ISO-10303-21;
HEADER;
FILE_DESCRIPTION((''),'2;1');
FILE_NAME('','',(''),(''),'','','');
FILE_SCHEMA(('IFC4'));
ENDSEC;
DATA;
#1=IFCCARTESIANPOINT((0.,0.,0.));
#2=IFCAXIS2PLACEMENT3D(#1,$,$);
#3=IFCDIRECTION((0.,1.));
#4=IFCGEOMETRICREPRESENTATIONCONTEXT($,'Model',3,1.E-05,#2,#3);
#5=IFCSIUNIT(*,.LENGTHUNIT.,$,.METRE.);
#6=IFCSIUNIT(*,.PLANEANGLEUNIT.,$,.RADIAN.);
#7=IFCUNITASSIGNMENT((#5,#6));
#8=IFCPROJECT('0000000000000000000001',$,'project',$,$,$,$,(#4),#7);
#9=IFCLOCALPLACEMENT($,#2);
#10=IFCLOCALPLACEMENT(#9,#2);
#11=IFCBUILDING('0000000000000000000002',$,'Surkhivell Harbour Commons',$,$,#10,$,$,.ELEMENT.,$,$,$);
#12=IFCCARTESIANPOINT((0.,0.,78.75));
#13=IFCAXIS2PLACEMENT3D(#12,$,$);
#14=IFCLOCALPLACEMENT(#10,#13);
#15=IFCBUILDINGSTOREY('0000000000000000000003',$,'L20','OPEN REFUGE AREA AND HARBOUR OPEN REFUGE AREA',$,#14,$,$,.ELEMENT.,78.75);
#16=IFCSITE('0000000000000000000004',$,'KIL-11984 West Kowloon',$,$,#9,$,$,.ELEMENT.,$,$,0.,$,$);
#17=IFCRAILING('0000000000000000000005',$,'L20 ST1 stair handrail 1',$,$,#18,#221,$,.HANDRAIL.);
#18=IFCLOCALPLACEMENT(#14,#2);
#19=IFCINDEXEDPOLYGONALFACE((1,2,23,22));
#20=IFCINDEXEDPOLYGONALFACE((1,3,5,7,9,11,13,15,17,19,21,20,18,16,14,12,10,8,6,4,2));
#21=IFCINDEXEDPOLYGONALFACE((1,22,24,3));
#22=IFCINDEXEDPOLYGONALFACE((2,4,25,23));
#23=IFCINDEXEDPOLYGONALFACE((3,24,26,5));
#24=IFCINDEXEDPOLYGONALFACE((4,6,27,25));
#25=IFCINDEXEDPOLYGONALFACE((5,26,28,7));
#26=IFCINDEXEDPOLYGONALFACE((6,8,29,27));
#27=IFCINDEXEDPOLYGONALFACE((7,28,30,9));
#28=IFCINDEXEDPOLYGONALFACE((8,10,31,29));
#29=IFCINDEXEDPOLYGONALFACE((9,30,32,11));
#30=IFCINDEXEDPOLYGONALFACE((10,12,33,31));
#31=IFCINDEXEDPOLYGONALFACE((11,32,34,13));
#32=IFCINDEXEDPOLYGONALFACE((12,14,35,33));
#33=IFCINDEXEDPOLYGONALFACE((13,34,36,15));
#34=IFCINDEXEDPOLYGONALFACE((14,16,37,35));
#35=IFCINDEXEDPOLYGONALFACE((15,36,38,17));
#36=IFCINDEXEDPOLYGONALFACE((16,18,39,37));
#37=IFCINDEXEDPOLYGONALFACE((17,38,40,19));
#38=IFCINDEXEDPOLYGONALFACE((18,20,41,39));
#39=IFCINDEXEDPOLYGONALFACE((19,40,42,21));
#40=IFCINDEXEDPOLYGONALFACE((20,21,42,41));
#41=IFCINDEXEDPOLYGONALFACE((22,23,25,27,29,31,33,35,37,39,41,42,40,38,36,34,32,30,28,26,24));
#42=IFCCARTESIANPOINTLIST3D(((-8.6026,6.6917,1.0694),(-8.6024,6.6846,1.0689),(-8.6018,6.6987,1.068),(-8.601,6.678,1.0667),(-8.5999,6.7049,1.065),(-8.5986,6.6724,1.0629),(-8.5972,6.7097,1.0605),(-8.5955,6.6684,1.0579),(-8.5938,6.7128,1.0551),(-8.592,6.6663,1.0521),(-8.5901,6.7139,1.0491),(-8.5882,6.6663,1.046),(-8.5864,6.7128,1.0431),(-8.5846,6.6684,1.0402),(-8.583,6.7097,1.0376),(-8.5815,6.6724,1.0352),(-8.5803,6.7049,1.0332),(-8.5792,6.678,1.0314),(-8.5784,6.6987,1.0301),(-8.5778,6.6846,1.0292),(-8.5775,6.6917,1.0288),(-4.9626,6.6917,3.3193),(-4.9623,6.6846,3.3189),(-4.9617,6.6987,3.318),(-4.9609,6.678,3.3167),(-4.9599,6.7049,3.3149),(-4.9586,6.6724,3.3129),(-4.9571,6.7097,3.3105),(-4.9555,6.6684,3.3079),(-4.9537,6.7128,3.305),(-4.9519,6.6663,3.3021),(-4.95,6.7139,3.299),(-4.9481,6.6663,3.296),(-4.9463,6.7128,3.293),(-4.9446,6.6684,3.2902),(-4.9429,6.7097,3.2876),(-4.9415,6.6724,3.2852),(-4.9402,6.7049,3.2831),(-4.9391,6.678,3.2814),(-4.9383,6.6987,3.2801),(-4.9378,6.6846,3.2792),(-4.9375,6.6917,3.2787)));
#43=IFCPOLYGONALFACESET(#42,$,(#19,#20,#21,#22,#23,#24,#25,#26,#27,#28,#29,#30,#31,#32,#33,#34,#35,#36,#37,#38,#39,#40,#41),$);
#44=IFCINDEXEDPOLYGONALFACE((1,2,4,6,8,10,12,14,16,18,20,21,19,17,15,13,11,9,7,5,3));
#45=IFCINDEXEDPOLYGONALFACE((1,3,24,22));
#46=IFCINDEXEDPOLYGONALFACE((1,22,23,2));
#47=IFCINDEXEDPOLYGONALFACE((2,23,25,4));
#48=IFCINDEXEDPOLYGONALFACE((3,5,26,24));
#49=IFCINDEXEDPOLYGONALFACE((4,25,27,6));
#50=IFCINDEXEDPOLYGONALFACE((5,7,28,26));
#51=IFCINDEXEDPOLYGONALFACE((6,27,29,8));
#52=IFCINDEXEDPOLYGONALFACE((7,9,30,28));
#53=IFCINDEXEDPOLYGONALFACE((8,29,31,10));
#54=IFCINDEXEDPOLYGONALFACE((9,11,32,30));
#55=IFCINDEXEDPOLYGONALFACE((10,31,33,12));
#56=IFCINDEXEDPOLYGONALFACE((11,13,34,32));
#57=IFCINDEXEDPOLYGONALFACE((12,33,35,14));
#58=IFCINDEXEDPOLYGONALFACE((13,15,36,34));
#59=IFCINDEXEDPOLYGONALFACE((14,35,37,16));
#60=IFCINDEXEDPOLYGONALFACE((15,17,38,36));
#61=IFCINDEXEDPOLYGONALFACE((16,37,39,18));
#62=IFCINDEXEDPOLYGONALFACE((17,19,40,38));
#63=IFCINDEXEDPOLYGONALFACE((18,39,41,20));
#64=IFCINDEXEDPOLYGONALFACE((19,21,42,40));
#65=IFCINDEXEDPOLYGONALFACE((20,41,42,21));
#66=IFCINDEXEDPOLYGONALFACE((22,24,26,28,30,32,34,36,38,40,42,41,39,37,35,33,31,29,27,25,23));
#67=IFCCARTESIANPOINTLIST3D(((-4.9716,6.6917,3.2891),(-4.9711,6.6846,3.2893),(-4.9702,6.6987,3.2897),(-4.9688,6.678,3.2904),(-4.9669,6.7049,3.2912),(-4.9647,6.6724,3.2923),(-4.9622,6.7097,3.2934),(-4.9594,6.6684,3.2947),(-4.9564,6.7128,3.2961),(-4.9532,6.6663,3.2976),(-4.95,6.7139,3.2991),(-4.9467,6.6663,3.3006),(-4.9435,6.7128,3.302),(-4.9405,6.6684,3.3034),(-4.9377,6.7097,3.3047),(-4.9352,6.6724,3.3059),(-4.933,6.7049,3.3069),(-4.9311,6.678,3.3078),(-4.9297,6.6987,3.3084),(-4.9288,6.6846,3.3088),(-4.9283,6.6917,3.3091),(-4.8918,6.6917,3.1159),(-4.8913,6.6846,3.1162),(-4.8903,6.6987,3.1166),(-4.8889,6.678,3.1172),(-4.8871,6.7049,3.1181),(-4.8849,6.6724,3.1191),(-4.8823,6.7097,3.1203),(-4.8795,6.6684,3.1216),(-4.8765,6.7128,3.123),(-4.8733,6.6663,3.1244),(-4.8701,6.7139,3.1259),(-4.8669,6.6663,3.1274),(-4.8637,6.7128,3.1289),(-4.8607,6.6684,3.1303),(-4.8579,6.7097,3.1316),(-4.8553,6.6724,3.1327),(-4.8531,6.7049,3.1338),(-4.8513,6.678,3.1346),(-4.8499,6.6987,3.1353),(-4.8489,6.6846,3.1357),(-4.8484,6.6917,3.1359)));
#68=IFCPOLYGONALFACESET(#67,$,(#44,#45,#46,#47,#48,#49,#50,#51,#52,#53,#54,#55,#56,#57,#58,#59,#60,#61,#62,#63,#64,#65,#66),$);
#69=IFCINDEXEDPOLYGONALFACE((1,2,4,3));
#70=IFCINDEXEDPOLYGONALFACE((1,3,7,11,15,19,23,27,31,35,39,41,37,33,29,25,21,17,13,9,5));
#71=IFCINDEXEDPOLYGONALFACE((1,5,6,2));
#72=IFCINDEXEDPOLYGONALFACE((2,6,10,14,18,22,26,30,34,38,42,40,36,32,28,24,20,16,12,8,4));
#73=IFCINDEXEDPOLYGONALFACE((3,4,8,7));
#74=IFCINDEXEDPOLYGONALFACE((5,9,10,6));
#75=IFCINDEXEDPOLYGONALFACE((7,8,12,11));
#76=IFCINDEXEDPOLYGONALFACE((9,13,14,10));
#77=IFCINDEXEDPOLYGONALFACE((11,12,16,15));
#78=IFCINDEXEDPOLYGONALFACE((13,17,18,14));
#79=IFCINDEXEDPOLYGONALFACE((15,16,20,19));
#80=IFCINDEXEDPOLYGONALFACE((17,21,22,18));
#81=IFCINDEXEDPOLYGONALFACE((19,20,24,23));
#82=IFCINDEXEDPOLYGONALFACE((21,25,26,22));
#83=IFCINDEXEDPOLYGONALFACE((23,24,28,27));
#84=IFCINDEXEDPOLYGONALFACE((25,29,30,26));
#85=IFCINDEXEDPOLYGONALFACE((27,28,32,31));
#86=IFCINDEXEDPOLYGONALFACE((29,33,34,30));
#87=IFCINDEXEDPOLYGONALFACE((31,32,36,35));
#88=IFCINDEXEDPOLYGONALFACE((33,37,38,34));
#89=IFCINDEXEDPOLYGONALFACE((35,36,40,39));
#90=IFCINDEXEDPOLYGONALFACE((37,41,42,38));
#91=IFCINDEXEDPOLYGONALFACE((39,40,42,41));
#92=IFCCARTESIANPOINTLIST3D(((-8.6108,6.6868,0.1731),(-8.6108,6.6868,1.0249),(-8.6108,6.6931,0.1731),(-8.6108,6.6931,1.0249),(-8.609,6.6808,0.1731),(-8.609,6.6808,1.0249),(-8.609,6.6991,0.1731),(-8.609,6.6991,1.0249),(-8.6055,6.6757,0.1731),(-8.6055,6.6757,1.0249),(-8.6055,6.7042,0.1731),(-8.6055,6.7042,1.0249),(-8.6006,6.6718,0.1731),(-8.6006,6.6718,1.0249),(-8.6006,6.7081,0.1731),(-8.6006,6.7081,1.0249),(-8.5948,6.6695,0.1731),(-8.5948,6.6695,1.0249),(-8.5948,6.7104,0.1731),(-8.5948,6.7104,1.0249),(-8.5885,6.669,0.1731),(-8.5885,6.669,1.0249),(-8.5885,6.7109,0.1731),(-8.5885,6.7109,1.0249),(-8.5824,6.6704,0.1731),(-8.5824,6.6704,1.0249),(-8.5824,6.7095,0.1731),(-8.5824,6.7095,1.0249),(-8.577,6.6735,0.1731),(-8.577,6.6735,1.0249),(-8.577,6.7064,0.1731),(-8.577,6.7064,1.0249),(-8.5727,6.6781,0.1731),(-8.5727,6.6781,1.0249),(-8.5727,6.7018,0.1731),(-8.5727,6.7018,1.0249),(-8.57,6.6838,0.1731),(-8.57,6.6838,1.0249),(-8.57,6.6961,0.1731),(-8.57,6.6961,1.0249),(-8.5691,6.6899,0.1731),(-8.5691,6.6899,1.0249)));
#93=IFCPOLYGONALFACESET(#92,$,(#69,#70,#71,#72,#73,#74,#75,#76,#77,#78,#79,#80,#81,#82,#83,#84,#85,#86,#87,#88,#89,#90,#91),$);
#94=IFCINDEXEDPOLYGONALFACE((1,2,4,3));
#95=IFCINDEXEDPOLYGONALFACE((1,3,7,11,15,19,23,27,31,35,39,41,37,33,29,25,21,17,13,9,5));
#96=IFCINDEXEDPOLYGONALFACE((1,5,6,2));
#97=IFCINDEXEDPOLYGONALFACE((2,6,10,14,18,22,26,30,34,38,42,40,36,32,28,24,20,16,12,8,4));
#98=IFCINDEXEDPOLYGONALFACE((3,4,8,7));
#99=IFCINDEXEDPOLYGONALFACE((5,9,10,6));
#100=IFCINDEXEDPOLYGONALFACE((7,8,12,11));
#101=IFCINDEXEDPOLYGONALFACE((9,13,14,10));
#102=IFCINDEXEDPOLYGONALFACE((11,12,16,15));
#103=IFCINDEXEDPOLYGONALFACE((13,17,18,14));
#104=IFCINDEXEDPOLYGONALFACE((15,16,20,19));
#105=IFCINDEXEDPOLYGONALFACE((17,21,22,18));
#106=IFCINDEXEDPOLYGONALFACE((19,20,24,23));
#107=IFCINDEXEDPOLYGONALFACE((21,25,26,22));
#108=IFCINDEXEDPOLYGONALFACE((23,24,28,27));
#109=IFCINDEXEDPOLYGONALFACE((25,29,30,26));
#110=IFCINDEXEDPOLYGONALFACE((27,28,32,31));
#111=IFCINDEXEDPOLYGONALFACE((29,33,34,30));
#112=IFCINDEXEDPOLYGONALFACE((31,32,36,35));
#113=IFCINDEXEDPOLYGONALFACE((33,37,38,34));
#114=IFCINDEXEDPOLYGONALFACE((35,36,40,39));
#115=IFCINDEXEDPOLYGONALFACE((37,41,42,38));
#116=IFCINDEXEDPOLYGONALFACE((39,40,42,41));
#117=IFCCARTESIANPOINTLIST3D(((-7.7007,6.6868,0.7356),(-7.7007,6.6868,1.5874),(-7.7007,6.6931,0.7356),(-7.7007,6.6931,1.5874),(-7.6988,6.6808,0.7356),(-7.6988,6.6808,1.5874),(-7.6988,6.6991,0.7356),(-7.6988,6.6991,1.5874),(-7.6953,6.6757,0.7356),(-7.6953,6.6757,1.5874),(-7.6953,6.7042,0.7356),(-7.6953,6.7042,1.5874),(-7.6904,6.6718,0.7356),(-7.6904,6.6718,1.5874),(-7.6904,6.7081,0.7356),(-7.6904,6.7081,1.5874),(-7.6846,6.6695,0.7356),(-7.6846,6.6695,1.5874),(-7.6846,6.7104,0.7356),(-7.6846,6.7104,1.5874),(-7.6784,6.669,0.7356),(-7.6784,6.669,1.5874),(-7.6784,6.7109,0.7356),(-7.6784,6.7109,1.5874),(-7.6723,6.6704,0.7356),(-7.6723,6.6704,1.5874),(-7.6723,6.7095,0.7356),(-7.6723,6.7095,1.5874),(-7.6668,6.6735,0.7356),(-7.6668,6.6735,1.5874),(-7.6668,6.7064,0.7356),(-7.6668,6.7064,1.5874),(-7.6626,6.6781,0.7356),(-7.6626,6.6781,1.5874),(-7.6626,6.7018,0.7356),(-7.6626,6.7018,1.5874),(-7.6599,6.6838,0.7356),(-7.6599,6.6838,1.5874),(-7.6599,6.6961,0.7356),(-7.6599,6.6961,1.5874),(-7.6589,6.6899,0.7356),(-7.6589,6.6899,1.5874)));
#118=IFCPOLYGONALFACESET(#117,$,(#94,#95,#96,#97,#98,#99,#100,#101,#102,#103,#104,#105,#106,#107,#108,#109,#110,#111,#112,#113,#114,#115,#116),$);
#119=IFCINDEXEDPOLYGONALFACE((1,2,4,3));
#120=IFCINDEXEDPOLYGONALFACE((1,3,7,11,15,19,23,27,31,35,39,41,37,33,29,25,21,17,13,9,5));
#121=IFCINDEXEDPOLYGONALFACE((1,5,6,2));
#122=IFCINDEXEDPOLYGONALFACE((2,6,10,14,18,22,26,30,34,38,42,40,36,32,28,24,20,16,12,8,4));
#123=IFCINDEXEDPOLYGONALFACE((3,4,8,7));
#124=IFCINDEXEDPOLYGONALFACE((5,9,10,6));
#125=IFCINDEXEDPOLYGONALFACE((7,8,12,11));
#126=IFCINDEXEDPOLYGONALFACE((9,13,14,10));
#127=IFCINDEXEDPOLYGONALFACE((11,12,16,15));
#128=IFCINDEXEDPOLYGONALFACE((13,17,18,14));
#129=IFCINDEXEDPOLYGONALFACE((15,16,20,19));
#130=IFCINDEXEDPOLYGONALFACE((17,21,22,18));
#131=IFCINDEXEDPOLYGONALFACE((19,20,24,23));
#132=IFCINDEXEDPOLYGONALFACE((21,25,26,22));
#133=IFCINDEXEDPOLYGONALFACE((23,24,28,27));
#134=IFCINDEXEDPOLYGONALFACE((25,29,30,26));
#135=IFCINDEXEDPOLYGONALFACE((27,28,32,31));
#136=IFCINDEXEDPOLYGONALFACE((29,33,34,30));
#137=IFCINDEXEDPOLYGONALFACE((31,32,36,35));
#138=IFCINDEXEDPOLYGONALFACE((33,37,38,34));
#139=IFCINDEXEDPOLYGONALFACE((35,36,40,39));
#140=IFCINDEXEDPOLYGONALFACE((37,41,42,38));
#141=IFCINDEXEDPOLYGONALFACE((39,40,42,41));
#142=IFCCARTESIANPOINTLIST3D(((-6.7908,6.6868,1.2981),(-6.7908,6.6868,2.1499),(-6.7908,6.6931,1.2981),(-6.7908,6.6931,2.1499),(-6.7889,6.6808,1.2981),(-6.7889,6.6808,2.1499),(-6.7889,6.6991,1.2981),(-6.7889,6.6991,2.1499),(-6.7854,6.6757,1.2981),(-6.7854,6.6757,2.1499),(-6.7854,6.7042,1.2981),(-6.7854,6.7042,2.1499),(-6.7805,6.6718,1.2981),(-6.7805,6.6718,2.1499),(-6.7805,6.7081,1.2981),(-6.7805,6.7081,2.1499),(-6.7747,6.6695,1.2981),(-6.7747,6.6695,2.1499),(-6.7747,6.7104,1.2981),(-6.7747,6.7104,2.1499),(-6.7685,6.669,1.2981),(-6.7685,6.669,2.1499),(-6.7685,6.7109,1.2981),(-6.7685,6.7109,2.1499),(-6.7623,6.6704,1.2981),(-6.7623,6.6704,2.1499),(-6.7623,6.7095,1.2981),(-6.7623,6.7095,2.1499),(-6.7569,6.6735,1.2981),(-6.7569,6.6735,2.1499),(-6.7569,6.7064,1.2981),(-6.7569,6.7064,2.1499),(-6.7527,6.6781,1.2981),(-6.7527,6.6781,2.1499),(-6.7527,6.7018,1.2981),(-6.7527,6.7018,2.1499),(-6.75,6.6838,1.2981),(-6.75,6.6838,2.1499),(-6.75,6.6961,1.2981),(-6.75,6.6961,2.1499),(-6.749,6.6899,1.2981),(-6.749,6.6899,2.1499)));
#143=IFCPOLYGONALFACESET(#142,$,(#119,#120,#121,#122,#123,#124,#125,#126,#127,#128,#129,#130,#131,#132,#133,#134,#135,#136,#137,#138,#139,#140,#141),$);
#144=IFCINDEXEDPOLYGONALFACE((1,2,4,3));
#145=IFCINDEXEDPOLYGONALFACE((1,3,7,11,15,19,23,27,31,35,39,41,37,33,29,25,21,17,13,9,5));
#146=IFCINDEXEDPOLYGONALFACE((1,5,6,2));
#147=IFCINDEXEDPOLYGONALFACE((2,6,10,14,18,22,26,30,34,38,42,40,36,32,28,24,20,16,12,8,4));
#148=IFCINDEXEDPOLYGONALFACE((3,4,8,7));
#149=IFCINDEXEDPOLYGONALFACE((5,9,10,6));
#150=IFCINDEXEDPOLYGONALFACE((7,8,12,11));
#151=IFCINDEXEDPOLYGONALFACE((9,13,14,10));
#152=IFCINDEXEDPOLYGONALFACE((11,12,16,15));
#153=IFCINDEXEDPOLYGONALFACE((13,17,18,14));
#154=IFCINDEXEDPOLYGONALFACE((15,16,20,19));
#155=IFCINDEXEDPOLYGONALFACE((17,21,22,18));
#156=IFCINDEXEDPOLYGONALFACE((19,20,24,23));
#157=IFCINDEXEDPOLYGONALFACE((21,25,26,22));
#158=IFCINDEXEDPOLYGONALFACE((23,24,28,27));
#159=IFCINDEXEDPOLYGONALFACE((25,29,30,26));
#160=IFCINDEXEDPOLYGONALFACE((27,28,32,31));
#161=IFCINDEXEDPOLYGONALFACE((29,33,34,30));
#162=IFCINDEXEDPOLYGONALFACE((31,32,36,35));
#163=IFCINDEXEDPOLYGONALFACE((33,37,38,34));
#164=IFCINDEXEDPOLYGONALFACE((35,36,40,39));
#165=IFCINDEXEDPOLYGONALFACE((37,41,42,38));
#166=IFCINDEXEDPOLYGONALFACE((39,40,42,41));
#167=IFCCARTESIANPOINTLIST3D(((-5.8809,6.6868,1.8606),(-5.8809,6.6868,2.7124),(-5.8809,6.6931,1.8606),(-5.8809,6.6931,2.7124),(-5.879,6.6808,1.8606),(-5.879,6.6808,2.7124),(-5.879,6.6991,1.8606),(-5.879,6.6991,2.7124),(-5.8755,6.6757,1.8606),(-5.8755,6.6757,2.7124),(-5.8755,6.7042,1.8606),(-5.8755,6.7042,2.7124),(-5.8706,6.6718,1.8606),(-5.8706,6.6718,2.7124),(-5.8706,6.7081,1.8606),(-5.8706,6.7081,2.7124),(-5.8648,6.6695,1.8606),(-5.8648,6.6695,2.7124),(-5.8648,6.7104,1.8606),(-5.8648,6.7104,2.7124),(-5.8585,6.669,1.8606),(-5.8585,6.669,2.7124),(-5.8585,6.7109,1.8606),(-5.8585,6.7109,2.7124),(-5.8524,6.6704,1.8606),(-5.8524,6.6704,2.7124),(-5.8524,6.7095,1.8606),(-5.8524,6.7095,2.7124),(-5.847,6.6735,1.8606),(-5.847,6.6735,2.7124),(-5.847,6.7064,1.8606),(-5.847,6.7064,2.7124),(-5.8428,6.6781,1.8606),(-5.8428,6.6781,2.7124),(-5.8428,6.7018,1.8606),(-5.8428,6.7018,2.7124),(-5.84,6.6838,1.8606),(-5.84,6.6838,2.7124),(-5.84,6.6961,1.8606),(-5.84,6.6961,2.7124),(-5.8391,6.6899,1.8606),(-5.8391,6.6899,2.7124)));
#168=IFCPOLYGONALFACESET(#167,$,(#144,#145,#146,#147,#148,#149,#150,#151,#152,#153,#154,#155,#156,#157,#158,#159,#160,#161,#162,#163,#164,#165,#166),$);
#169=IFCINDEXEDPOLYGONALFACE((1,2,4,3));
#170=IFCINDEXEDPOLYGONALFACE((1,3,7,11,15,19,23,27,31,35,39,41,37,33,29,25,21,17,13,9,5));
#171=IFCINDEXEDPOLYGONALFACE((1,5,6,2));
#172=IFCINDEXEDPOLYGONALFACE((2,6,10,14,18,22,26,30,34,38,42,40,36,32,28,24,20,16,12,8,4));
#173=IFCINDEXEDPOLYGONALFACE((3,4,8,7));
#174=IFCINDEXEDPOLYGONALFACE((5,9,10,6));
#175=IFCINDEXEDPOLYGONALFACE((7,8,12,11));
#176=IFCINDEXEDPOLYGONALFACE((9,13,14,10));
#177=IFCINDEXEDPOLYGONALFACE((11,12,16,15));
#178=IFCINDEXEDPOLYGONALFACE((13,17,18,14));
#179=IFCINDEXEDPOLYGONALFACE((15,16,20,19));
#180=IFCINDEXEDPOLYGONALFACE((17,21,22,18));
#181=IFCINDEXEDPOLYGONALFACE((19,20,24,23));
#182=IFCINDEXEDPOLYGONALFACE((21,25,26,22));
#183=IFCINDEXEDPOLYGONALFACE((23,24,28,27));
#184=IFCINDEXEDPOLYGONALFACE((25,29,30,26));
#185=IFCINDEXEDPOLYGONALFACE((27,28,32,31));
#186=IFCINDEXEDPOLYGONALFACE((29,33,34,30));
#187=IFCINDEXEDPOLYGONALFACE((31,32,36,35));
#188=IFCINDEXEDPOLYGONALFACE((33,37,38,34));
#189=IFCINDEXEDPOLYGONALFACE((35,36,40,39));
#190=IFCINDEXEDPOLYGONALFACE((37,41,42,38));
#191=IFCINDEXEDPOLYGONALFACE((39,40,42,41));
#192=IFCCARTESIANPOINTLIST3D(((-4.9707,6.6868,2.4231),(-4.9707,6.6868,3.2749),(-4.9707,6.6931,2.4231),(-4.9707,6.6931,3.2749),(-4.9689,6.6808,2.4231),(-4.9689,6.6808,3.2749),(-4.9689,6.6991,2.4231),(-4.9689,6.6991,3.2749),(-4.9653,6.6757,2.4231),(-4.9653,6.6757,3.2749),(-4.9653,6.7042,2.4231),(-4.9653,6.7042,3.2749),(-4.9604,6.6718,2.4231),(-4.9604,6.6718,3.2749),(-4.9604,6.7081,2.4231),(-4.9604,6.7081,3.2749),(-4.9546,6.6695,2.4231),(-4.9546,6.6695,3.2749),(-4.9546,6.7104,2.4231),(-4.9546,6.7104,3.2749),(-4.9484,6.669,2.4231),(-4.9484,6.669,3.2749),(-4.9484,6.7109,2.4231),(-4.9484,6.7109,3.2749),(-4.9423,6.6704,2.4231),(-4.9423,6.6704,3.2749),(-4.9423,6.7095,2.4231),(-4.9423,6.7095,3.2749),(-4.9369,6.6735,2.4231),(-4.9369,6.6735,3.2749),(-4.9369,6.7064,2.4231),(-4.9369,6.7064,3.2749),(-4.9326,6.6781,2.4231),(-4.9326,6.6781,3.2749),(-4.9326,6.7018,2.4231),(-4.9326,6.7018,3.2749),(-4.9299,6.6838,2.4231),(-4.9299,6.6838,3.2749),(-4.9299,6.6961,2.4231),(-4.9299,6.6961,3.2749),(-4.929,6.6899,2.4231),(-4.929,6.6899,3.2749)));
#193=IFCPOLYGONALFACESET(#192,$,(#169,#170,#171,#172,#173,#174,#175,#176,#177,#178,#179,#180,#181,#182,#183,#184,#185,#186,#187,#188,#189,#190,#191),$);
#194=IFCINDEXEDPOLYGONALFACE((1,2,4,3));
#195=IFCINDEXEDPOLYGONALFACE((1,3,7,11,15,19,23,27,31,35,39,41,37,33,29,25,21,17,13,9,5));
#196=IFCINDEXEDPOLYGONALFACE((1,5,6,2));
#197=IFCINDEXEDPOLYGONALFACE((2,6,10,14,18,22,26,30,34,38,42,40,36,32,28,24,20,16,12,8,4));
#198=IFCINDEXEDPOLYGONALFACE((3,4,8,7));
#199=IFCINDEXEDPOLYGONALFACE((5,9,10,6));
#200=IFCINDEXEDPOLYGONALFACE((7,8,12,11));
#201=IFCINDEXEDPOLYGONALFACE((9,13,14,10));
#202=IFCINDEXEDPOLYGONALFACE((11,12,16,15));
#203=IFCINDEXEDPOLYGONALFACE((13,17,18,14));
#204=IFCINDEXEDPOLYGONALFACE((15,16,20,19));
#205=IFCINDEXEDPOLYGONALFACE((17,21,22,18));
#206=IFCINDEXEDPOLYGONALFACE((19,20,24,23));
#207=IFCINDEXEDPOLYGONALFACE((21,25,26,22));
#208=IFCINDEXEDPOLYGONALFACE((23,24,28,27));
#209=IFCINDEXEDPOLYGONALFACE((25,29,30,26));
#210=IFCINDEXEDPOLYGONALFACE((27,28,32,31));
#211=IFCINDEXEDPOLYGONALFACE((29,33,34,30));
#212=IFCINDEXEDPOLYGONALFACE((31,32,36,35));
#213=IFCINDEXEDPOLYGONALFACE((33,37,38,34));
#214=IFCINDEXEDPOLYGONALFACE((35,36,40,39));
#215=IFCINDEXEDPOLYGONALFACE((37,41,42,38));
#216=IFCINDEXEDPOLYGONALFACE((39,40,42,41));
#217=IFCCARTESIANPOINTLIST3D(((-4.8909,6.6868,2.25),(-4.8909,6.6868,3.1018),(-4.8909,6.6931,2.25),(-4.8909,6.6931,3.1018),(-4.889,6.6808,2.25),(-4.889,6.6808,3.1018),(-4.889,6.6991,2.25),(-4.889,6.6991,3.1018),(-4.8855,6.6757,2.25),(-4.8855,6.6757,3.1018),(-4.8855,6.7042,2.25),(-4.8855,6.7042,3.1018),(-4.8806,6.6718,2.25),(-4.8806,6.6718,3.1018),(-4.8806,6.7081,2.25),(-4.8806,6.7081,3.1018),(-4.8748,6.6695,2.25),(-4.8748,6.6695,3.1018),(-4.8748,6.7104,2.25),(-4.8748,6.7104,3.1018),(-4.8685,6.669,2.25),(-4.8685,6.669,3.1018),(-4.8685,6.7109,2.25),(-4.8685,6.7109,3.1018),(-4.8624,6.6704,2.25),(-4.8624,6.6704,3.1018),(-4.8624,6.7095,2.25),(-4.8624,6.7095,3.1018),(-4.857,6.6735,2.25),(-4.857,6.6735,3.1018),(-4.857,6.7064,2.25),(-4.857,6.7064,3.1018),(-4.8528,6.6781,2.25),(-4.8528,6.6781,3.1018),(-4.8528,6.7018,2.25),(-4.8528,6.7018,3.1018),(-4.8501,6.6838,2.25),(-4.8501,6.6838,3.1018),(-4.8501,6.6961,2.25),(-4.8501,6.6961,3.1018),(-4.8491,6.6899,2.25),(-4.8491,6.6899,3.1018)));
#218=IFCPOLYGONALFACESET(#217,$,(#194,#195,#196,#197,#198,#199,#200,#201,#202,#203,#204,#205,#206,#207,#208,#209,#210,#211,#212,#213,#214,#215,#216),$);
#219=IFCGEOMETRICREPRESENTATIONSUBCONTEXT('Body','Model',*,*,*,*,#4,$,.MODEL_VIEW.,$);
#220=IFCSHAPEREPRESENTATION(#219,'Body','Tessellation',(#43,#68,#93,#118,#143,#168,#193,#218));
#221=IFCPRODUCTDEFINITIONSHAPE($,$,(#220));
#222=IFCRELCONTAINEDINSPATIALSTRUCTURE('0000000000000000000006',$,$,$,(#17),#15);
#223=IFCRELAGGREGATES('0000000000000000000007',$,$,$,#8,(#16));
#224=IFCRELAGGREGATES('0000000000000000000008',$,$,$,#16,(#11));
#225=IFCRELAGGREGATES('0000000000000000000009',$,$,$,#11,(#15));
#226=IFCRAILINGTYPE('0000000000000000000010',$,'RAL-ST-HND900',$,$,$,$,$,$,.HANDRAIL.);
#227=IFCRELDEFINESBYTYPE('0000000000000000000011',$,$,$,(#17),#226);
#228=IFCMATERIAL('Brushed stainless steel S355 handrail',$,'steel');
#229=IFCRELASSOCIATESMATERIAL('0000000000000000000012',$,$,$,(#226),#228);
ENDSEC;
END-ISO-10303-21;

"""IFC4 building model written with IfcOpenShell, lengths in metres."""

from ifc_helpers import new_model, si_unit, direction, frame, origin, origin_2d, place, context, subcontext, project, spatial, circle, extrude, material, type_object, element, save


model = new_model("IFC4")

# Units and contexts
model_context = context("Model", 3, precision=1e-05, world=origin(), true_north=direction((0.0, 1.0)))
body_context = subcontext(model_context, "Body", "Model", "MODEL_VIEW")
ifc_project = project(units=[si_unit("LENGTHUNIT", "METRE"), si_unit("PLANEANGLEUNIT", "RADIAN")], contexts=[model_context])

# Site, building, storey
site_placement = place(None, origin())
site = spatial("IfcSite", under=ifc_project, at=site_placement, Name="KIL-11984 West Kowloon", CompositionType="ELEMENT", RefElevation=0.0)
building_placement = place(site_placement, origin())
building = spatial("IfcBuilding", under=site, at=building_placement, Name="Surkhivell Harbour Commons", CompositionType="ELEMENT")
storey_placement = place(building_placement, frame((0.0, 0.0, 78.75)))
storey = spatial("IfcBuildingStorey", under=building, at=storey_placement, Name="L20", Description="OPEN REFUGE AREA AND HARBOUR OPEN REFUGE AREA", CompositionType="ELEMENT", Elevation=78.75)

# Railing
ifc_material_1 = material(Name="Brushed stainless steel S355 handrail", Category="steel")
railing_type_1 = type_object("IfcRailingType", Name="RAL-ST-HND900", PredefinedType="HANDRAIL", material=ifc_material_1)
railing_1_placement = place(storey_placement, frame((-8.5901, 6.6899, 0.1731)))
element("IfcRailing", 1, at=railing_1_placement, inside=storey, type_object=railing_type_1, Name="L20 ST1 stair handrail 1", PredefinedType="HANDRAIL", context=body_context, shape_type="SweptSolid", body=[
    extrude(circle(Radius=0.0239, at=origin_2d()), frame((0.0, 0.0, 0.876), z_axis=(0.850622, 0.0, 0.525777), x_axis=(0.0, 1.0, 0.0)), (0.0, 0.0, 1.0), 4.2793),
    extrude(circle(Radius=0.0239, at=origin_2d()), frame((3.6401, 0.0, 3.126), z_axis=(0.418815, 0.0, -0.908072), x_axis=(0.0, 1.0, 0.0)), (0.0, 0.0, 1.0), 0.1907),
    extrude(circle(Radius=0.021, at=origin_2d()), origin(), (0.0, 0.0, 1.0), 0.8518),
    extrude(circle(Radius=0.021, at=origin_2d()), frame((0.9102, 0.0, 0.5625)), (0.0, 0.0, 1.0), 0.8518),
    extrude(circle(Radius=0.021, at=origin_2d()), frame((1.8201, 0.0, 1.125)), (0.0, 0.0, 1.0), 0.8518),
    extrude(circle(Radius=0.021, at=origin_2d()), frame((2.73, 0.0, 1.6875)), (0.0, 0.0, 1.0), 0.8518),
    extrude(circle(Radius=0.021, at=origin_2d()), frame((3.6401, 0.0, 2.25)), (0.0, 0.0, 1.0), 0.8518),
    extrude(circle(Radius=0.021, at=origin_2d()), frame((3.72, 0.0, 2.0769)), (0.0, 0.0, 1.0), 0.8518),
])

save(model, "model.ifc")
